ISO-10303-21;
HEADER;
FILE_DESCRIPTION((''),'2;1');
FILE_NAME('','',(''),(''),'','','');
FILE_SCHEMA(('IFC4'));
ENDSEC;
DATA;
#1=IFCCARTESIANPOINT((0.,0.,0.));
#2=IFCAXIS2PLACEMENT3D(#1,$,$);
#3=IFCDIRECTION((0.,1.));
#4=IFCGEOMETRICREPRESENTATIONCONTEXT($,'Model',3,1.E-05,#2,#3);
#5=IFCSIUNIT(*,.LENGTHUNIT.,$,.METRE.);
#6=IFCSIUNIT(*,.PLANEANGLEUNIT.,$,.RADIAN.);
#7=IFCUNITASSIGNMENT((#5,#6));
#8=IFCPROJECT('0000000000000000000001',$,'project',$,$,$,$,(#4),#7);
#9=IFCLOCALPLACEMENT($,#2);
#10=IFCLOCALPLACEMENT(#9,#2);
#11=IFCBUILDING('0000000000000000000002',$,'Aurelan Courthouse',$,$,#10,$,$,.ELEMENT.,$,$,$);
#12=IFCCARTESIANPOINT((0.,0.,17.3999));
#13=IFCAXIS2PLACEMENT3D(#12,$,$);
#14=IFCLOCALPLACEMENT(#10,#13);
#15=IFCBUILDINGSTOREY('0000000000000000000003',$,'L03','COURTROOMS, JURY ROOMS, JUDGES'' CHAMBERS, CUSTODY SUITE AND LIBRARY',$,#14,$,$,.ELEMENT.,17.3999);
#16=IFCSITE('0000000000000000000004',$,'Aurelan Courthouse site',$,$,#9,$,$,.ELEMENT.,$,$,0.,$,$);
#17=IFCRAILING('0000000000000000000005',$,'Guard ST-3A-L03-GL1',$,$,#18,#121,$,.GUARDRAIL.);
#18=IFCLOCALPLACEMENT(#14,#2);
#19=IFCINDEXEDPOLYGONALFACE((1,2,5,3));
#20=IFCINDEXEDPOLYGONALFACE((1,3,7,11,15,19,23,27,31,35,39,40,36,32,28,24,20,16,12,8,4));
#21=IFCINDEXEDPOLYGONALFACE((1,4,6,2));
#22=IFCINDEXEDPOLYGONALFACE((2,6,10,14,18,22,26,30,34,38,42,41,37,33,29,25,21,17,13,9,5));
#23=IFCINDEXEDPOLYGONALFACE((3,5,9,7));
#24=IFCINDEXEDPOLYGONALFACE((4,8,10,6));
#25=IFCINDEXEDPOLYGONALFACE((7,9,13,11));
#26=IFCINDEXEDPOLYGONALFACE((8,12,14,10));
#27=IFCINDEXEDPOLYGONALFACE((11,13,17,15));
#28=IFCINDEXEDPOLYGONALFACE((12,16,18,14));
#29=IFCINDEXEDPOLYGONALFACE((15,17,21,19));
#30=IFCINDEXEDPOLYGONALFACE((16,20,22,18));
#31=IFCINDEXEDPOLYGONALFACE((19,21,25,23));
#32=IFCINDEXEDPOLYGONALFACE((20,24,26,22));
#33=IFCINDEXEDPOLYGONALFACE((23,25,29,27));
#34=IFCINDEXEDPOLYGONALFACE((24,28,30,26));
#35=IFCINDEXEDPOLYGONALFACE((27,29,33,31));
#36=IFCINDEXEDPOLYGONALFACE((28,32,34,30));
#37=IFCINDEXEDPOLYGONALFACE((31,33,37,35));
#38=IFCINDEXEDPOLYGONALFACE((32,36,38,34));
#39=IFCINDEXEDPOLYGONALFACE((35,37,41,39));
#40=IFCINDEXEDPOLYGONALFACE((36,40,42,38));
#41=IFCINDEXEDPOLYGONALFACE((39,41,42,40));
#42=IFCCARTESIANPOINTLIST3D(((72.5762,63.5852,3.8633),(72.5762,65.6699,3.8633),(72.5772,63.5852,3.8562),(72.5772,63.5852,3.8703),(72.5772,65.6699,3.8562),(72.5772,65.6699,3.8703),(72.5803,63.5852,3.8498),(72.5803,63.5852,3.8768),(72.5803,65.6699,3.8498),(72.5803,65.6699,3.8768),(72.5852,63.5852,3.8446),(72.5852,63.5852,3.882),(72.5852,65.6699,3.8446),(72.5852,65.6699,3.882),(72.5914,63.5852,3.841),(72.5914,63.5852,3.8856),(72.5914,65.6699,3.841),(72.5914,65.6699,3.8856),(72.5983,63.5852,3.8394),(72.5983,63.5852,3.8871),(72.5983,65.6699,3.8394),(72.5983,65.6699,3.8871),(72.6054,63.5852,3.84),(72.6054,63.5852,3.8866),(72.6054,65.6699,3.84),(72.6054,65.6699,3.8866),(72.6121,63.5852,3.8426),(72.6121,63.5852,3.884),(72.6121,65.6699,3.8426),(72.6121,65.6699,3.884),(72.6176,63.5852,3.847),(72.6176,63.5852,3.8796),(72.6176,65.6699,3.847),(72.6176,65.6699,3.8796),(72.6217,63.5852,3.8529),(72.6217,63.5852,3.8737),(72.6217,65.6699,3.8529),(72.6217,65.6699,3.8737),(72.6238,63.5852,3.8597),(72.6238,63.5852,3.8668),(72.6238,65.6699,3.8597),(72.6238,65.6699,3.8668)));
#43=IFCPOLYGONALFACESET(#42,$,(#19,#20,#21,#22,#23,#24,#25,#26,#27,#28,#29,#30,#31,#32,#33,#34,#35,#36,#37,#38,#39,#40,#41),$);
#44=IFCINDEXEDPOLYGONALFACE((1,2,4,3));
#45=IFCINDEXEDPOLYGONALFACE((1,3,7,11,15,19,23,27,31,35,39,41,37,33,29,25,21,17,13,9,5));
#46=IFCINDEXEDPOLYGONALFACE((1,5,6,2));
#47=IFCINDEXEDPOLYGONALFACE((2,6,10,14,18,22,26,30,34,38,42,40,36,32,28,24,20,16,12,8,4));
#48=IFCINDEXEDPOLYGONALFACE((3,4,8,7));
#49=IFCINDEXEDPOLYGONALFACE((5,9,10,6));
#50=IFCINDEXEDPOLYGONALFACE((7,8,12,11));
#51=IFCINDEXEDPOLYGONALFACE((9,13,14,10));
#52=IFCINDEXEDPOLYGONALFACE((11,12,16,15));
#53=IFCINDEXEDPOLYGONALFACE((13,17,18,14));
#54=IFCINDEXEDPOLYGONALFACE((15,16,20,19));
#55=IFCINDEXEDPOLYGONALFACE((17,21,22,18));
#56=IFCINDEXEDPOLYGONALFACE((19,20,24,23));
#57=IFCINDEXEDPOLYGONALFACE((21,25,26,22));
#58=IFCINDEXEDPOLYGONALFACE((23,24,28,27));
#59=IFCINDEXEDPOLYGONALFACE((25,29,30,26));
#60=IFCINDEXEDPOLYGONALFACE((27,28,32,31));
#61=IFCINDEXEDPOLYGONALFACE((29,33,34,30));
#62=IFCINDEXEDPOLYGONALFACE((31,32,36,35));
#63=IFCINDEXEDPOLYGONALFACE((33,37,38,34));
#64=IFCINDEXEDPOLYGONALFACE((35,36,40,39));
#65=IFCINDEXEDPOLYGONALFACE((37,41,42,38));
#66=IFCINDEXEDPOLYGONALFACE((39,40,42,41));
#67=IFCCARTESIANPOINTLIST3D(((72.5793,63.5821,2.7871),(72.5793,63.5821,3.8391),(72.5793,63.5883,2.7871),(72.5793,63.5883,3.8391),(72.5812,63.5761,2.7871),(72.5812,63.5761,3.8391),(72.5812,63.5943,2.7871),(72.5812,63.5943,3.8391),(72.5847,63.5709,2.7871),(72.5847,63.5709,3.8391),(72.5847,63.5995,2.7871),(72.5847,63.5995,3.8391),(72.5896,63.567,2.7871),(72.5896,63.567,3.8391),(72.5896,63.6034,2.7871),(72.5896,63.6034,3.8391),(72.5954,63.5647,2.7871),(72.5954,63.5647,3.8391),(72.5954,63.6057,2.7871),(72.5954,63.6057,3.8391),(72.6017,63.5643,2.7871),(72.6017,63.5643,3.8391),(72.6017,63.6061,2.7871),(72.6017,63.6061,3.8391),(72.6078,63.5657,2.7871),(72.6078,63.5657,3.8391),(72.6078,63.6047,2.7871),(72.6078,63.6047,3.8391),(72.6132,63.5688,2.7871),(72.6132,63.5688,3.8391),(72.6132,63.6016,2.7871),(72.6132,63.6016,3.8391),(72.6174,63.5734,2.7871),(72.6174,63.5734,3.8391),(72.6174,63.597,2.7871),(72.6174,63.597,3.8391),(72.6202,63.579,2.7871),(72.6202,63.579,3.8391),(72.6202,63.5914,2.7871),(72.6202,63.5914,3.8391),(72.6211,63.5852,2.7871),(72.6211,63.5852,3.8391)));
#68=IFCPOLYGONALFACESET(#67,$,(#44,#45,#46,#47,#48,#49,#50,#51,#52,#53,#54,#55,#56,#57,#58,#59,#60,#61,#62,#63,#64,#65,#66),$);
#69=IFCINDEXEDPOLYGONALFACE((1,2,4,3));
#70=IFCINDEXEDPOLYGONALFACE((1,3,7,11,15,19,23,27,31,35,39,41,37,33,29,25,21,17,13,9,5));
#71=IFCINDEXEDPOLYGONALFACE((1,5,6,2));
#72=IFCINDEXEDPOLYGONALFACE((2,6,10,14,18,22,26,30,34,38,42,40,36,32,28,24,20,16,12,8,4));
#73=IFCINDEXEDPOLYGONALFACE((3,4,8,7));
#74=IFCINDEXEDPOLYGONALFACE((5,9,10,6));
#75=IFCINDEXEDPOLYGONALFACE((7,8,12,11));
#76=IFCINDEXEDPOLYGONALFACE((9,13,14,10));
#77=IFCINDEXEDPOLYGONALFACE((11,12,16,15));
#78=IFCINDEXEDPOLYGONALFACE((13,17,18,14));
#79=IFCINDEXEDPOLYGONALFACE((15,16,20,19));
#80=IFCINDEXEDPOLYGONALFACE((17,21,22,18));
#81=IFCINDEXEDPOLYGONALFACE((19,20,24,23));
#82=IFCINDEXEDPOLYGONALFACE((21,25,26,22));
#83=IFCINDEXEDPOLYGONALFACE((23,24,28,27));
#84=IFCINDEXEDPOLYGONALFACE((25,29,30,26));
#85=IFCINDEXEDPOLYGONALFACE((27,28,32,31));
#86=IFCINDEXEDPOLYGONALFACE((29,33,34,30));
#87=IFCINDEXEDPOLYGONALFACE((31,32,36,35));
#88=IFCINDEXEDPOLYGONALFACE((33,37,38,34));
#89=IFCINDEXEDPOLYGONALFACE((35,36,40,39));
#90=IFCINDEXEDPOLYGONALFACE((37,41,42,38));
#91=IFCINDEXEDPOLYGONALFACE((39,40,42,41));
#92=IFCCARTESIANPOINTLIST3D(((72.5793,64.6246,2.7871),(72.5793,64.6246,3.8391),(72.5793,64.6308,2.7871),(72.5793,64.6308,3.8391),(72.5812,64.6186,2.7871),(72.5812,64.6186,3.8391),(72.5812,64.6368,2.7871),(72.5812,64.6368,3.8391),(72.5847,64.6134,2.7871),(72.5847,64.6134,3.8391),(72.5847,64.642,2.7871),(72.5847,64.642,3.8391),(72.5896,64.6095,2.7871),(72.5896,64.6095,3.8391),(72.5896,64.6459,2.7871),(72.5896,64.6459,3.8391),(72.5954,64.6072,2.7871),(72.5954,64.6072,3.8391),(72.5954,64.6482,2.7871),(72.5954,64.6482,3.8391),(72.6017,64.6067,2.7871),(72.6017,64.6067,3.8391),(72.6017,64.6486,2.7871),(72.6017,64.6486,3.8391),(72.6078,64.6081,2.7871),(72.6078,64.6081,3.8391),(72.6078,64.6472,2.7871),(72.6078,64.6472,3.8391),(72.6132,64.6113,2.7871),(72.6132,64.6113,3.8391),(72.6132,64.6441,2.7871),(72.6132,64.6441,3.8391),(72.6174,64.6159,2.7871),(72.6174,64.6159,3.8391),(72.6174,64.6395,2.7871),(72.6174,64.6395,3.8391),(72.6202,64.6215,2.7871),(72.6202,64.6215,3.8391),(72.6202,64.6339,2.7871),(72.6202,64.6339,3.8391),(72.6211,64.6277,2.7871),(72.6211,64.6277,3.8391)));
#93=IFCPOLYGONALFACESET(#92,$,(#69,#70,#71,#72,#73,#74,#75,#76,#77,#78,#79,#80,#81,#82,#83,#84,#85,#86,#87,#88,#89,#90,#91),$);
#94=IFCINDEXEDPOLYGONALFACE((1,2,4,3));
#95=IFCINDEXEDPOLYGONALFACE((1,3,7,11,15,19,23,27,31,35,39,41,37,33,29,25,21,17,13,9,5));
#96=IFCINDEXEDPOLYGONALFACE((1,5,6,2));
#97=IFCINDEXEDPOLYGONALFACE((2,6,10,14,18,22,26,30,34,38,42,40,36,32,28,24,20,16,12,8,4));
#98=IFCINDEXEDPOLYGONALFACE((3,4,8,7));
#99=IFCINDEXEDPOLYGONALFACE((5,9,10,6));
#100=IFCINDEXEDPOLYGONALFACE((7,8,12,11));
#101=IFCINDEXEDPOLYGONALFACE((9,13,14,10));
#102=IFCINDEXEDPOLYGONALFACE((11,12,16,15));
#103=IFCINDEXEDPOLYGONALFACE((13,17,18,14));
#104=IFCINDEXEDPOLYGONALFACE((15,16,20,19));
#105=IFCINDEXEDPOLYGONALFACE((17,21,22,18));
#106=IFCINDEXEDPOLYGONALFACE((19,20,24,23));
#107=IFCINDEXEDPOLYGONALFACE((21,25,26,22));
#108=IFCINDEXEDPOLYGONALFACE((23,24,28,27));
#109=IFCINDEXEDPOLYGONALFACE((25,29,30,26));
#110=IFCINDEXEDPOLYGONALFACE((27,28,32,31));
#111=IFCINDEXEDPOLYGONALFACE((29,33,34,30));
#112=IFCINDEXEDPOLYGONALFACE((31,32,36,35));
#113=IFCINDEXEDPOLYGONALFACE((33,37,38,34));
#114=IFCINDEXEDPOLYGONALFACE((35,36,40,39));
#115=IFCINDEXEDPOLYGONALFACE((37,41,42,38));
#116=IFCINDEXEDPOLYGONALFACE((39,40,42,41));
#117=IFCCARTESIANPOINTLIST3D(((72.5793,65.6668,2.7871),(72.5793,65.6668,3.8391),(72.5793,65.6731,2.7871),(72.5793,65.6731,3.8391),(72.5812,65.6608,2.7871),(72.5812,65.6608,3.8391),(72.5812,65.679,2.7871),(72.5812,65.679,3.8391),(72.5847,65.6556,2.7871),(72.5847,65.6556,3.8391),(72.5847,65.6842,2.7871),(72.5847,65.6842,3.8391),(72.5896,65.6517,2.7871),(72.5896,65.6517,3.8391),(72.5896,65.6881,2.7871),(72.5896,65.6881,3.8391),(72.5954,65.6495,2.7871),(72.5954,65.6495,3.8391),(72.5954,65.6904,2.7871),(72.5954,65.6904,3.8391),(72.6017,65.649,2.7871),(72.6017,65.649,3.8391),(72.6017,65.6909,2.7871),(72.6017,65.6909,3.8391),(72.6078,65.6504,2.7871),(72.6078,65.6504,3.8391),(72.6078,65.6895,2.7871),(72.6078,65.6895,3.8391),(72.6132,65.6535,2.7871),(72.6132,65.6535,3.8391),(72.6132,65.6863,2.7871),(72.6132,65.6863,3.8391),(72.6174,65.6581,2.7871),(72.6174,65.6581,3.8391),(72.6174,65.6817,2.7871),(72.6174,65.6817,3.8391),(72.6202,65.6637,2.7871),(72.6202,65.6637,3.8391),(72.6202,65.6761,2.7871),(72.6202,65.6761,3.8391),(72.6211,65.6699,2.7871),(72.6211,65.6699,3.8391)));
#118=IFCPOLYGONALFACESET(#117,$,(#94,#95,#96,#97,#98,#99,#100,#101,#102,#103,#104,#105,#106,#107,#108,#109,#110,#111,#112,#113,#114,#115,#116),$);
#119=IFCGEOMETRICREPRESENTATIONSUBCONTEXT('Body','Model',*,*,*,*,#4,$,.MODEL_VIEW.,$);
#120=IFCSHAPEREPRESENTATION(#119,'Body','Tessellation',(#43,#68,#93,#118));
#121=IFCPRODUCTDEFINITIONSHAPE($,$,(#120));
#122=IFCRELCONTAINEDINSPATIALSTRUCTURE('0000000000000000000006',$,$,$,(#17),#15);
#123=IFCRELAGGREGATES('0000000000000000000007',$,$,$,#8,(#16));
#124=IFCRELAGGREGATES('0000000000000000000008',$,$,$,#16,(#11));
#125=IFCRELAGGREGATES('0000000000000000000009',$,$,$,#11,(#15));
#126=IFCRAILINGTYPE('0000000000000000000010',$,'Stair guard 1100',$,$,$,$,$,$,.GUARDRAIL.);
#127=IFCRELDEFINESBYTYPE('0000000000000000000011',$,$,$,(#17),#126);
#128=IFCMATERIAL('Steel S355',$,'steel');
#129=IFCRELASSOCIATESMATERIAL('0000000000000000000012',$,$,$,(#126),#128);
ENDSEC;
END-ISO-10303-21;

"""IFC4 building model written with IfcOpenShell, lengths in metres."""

from ifc_helpers import new_model, si_unit, direction, frame, origin, origin_2d, place, context, subcontext, project, spatial, circle, extrude, material, type_object, element, save


model = new_model("IFC4")

# Units and contexts
model_context = context("Model", 3, precision=1e-05, world=origin(), true_north=direction((0.0, 1.0)))
body_context = subcontext(model_context, "Body", "Model", "MODEL_VIEW")
ifc_project = project(units=[si_unit("LENGTHUNIT", "METRE"), si_unit("PLANEANGLEUNIT", "RADIAN")], contexts=[model_context])

# Site, building, storey
site_placement = place(None, origin())
site = spatial("IfcSite", under=ifc_project, at=site_placement, Name="Aurelan Courthouse site", CompositionType="ELEMENT", RefElevation=0.0)
building_placement = place(site_placement, origin())
building = spatial("IfcBuilding", under=site, at=building_placement, Name="Aurelan Courthouse", CompositionType="ELEMENT")
storey_placement = place(building_placement, frame((0.0, 0.0, 17.3999)))
storey = spatial("IfcBuildingStorey", under=building, at=storey_placement, Name="L03", Description="COURTROOMS, JURY ROOMS, JUDGES' CHAMBERS, CUSTODY SUITE AND LIBRARY", CompositionType="ELEMENT", Elevation=17.3999)

# Railing
ifc_material_1 = material(Name="Steel S355", Category="steel")
railing_type_1 = type_object("IfcRailingType", Name="Stair guard 1100", PredefinedType="GUARDRAIL", material=ifc_material_1)
railing_placement = place(storey_placement, frame((72.6001, 63.5852, 2.7871)))
element("IfcRailing", 1, at=railing_placement, inside=storey, type_object=railing_type_1, Name="Guard ST-3A-L03-GL1", PredefinedType="GUARDRAIL", context=body_context, shape_type="SweptSolid", body=[
    extrude(circle(Radius=0.0239, at=origin_2d()), frame((0.0, 0.0, 1.0762), z_axis=(0.0, 1.0, 0.0), x_axis=(-1.0, 0.0, 0.0)), (0.0, 0.0, 1.0), 2.0847),
    extrude(circle(Radius=0.021, at=origin_2d()), origin(), (0.0, 0.0, 1.0), 1.052),
    extrude(circle(Radius=0.021, at=origin_2d()), frame((0.0, 1.0425, 0.0)), (0.0, 0.0, 1.0), 1.052),
    extrude(circle(Radius=0.021, at=origin_2d()), frame((0.0, 2.0847, 0.0)), (0.0, 0.0, 1.0), 1.052),
])

save(model, "model.ifc")
